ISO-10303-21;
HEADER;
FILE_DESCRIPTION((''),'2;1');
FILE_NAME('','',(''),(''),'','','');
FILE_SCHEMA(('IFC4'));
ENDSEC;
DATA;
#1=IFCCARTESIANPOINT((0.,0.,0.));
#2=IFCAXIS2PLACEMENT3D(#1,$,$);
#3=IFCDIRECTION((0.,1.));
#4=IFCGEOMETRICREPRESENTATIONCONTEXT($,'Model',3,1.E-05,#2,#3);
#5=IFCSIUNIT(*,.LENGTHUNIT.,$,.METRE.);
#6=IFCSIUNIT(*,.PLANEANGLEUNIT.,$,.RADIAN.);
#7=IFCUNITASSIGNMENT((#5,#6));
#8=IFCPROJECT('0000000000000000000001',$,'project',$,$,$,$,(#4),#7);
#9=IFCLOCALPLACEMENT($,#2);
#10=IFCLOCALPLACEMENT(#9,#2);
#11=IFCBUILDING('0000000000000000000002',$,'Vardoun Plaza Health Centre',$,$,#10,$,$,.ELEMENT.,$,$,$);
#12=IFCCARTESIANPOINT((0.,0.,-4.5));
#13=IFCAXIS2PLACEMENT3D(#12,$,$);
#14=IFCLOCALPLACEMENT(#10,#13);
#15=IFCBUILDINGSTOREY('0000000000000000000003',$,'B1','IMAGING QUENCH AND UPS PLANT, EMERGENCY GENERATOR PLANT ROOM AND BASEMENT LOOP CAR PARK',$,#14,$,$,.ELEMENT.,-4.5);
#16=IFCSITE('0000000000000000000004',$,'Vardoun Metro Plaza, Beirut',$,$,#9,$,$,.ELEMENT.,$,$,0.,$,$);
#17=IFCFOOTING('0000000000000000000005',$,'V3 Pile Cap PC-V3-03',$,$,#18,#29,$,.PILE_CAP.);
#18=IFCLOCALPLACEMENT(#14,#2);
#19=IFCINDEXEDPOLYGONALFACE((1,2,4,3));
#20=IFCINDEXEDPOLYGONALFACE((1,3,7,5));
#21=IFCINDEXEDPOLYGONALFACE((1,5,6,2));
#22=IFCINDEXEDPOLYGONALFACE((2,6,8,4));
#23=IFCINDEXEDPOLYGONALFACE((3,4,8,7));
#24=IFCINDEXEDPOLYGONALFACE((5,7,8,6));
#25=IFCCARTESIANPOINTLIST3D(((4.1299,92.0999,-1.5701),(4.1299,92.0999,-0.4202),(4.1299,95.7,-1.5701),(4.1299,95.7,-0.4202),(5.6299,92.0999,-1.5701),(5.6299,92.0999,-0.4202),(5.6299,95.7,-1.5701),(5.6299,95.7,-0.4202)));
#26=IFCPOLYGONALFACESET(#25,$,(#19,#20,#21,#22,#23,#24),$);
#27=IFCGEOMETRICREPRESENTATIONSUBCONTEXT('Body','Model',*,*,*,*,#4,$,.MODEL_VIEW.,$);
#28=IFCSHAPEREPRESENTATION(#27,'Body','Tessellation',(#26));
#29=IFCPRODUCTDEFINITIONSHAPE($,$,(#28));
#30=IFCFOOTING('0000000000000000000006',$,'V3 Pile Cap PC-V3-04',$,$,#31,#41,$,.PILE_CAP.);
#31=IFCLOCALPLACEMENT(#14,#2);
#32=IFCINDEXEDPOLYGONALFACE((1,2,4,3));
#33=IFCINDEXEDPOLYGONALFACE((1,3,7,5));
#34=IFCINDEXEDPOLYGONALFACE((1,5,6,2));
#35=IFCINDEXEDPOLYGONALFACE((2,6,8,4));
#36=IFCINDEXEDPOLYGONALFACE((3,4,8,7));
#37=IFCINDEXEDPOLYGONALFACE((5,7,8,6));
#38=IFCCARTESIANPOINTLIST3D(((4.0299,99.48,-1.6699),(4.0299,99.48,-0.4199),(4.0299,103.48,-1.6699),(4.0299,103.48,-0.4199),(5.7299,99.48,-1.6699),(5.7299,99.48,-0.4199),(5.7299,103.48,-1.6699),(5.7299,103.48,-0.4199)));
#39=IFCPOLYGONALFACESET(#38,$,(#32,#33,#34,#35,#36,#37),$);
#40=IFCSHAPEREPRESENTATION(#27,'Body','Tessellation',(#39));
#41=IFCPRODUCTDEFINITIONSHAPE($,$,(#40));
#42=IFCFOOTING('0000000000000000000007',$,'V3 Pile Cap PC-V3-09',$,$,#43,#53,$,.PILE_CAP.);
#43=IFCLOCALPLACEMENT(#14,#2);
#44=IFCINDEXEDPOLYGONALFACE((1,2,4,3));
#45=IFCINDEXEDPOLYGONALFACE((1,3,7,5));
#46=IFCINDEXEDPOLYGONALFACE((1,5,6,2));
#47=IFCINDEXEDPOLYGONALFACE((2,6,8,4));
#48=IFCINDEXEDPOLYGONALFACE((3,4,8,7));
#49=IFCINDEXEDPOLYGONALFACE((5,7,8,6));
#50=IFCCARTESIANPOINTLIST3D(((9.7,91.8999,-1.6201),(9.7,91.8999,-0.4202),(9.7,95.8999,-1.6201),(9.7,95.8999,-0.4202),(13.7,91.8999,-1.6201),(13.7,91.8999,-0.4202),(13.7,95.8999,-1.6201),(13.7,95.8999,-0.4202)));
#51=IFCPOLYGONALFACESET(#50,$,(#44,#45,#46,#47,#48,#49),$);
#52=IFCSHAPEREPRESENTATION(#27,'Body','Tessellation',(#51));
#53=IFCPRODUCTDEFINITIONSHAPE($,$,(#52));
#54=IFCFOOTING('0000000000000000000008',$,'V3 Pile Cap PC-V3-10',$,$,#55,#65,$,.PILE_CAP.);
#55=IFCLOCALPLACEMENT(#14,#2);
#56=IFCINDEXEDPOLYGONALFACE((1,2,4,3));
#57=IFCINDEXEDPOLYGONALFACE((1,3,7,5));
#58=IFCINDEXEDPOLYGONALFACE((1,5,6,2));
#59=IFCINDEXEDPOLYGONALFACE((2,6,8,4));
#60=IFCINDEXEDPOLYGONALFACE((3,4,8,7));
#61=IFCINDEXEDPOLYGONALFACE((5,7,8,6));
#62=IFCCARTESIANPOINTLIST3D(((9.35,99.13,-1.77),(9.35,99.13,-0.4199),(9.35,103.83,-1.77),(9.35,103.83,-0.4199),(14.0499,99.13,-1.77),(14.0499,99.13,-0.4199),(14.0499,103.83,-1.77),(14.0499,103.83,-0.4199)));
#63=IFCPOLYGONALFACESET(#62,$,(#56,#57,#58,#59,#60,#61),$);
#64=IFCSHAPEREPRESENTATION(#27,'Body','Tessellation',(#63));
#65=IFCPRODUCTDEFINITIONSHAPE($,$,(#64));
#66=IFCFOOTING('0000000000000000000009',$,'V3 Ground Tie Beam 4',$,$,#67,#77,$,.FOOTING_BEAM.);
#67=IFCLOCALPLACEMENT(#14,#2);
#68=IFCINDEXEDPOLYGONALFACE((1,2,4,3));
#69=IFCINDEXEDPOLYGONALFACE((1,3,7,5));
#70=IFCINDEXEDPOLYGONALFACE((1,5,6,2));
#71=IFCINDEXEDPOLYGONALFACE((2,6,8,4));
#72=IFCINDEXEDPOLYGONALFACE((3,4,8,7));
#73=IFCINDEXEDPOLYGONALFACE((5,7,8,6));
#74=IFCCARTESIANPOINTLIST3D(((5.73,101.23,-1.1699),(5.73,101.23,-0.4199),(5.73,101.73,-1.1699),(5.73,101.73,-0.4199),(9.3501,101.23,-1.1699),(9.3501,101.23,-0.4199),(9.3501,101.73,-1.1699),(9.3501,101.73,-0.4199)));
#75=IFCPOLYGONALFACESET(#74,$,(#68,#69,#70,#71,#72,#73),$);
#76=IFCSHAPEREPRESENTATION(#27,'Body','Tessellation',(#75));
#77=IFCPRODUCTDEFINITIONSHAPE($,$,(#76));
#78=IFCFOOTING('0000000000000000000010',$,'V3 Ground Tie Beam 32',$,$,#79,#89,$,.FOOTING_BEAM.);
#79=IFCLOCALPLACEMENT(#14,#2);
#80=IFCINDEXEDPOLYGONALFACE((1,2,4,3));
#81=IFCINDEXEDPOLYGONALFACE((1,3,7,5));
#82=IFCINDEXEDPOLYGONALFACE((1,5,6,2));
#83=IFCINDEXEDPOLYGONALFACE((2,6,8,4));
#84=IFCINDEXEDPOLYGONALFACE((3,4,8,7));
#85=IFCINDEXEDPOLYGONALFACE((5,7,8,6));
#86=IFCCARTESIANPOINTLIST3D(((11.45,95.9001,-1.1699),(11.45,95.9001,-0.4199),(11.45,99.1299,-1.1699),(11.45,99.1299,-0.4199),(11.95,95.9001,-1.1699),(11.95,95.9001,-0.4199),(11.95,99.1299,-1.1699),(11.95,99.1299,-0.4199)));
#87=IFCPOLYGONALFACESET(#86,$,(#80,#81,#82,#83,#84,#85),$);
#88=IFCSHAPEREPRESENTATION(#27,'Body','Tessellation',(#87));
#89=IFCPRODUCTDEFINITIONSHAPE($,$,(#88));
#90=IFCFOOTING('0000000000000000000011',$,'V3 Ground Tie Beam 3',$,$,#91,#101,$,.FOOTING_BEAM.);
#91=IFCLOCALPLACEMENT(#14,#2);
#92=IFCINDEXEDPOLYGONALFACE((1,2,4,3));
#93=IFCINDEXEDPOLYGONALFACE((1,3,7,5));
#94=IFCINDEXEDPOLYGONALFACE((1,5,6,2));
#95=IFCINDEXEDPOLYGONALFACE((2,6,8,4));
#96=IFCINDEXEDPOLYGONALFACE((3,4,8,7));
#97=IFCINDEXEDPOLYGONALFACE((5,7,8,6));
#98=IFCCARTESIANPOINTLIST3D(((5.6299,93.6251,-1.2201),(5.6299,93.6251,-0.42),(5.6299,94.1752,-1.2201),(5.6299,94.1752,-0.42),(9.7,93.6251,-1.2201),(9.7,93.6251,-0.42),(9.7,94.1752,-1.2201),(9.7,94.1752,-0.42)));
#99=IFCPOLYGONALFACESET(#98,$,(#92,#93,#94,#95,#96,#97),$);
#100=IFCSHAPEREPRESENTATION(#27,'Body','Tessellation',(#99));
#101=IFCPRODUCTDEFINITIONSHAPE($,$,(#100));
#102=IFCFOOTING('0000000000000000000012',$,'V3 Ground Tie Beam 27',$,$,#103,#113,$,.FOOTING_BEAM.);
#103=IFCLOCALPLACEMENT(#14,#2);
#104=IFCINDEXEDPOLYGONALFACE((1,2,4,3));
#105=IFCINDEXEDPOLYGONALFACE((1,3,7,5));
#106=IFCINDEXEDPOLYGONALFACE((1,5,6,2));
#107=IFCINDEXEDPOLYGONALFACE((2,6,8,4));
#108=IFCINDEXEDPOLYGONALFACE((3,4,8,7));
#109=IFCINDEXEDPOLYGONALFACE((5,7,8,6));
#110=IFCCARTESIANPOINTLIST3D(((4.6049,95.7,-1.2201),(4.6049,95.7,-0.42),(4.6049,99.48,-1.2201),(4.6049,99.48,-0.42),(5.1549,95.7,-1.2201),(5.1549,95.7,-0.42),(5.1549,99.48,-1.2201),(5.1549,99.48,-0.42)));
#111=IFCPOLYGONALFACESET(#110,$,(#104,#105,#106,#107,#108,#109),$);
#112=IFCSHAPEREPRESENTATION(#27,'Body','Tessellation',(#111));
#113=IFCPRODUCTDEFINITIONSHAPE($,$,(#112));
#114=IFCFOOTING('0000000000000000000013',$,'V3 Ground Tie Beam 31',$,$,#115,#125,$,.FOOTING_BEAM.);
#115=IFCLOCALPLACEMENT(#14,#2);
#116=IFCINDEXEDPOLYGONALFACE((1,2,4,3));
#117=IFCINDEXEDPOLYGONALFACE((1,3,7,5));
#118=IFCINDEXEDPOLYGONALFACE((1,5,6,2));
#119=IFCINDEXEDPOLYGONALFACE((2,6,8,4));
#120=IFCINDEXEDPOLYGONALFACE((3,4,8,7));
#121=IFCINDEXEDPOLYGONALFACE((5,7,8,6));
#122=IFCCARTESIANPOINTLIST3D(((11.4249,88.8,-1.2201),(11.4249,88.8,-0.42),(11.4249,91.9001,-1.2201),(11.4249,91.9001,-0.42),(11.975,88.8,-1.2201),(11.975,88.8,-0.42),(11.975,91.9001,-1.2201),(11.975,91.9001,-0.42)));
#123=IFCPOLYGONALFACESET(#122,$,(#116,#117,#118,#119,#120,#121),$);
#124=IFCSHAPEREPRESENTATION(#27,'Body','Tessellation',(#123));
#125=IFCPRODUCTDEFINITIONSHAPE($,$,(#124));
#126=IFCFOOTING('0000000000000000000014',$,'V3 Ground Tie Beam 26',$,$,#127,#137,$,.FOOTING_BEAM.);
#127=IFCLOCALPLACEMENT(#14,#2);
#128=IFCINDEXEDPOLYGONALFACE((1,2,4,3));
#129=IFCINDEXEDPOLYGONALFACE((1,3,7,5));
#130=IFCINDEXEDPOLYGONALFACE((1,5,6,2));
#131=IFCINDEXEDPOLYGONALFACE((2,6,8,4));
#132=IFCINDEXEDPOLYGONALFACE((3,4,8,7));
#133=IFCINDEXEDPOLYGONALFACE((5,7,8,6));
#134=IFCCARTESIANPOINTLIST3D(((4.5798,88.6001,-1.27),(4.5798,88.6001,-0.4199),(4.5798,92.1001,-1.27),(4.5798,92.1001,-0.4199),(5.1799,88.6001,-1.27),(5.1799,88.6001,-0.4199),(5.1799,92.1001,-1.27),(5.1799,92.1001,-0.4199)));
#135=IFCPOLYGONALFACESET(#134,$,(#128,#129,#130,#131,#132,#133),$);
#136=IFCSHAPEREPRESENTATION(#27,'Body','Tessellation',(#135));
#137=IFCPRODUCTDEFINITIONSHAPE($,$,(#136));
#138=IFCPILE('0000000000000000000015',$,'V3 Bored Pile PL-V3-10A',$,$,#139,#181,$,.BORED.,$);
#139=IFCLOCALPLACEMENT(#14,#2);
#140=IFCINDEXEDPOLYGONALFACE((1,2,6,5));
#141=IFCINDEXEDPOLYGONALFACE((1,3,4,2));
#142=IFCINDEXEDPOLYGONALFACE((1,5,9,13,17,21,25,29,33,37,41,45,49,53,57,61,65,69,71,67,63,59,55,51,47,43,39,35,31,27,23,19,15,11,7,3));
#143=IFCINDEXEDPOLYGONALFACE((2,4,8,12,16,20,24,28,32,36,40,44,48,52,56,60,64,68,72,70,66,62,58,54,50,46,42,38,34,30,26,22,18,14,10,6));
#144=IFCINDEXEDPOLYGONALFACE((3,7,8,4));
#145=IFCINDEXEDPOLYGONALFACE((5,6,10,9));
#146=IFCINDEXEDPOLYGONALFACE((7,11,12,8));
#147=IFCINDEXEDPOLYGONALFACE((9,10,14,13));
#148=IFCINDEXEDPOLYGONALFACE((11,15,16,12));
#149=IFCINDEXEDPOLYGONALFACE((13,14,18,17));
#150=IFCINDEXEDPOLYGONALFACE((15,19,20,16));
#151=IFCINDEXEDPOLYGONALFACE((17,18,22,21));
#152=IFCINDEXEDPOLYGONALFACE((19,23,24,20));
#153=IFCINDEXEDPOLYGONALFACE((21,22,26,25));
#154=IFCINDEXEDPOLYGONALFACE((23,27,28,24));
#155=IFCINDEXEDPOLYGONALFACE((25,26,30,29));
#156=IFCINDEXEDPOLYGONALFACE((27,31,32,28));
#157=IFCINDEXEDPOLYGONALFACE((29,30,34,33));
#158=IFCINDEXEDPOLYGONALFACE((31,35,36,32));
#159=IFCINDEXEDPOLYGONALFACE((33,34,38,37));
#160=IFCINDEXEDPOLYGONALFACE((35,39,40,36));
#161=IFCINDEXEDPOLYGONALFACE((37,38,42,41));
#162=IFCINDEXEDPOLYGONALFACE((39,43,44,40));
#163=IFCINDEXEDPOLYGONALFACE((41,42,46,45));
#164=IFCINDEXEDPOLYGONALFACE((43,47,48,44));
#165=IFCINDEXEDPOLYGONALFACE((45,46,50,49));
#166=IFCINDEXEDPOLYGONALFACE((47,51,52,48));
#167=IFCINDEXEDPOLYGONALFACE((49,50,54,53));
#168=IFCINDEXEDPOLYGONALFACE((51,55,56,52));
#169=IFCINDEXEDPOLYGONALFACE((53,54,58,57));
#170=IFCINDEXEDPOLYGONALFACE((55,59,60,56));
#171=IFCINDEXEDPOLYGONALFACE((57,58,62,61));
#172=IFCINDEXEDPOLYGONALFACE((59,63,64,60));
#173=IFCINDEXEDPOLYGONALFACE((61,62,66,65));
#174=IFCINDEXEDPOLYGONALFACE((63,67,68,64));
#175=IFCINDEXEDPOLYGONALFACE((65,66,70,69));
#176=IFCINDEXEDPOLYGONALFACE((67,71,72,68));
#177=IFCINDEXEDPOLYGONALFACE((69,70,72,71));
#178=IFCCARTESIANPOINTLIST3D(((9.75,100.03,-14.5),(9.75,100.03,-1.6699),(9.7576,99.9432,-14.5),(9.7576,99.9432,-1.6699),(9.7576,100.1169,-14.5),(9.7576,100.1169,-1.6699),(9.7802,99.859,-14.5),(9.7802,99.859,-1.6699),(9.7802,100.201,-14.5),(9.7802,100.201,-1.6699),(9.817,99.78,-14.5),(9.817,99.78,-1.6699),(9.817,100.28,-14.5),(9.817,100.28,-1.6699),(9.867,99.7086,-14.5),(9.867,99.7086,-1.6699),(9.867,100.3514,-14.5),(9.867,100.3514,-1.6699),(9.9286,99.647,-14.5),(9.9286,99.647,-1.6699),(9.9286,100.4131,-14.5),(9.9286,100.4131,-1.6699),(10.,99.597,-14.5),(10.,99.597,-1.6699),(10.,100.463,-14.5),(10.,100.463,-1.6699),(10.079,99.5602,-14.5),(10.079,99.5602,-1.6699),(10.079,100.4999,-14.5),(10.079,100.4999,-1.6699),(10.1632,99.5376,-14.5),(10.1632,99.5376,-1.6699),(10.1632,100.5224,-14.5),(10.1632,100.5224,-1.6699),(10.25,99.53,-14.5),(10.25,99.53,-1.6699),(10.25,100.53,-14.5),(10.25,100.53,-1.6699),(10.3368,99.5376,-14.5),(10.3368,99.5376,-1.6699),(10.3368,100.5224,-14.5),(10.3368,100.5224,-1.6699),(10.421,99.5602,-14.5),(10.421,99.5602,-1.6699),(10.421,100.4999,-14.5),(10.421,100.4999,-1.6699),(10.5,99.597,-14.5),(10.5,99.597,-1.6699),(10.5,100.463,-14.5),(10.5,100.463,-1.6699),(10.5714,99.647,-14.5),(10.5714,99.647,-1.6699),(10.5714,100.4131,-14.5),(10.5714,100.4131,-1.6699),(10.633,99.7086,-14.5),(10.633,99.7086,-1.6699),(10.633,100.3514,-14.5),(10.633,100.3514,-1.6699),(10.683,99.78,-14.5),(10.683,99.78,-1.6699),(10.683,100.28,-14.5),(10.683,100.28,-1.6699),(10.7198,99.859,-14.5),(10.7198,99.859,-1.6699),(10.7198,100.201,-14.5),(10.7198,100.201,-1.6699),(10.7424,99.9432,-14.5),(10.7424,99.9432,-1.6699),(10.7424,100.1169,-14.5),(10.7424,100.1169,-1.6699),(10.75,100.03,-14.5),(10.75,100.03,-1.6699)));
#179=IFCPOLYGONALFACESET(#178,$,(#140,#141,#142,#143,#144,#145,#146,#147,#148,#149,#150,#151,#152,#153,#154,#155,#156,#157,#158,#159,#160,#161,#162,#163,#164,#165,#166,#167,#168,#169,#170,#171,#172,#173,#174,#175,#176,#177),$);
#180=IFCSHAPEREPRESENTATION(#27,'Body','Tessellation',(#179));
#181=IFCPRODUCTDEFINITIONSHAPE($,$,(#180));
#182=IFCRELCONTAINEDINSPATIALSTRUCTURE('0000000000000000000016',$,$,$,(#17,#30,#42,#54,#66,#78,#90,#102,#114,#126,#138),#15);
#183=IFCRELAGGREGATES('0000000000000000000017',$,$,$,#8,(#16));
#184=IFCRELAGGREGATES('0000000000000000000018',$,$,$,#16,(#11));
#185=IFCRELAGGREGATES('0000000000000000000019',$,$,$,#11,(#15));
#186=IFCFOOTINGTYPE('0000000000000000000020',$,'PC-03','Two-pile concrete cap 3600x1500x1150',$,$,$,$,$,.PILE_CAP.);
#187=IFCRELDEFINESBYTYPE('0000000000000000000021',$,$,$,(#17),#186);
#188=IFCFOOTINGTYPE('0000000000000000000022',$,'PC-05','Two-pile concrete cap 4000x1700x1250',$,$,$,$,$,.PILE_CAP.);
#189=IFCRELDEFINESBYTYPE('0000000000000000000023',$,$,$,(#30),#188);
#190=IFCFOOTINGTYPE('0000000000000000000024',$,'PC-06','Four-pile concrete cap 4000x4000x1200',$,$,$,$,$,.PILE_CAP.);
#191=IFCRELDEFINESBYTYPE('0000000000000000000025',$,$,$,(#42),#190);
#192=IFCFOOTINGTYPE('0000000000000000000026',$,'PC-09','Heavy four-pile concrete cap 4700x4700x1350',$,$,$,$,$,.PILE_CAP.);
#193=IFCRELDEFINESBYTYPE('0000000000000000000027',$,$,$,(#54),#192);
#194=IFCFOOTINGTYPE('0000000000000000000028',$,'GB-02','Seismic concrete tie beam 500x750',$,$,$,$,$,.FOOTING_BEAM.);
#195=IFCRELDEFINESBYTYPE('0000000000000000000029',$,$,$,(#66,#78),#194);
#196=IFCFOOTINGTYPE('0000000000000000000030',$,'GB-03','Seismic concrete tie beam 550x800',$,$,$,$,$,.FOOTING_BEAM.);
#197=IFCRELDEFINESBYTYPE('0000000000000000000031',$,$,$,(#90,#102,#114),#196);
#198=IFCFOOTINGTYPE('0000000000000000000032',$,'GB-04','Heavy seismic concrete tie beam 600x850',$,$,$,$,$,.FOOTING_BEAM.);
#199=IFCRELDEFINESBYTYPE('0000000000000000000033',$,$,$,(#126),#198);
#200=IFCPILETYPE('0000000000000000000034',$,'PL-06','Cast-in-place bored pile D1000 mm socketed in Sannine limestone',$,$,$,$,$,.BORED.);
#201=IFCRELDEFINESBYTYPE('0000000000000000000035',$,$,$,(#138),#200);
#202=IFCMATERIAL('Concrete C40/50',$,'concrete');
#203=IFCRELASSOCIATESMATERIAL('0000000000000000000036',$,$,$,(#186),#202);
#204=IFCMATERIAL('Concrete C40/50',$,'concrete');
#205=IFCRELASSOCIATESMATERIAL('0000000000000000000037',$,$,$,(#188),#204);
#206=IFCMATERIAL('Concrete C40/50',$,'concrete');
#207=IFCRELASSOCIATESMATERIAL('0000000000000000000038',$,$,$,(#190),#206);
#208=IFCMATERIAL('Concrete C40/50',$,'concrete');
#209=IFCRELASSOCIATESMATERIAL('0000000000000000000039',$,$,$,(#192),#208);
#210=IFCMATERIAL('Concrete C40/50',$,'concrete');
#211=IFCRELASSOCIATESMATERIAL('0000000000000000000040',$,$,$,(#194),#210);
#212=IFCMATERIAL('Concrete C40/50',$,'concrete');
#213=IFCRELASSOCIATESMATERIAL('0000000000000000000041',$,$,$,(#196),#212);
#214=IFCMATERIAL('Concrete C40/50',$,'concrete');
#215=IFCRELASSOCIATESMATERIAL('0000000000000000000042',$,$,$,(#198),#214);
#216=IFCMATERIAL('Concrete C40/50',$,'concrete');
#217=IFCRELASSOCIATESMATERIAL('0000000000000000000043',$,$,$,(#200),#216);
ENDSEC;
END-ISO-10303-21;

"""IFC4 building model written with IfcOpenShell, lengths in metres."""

from ifc_helpers import new_model, si_unit, direction, frame, origin, origin_2d, place, context, subcontext, project, spatial, rectangle, circle, extrude, material, material_profile, profile_set, type_object, element, save


model = new_model("IFC4")

# Units and contexts
model_context = context("Model", 3, precision=1e-05, world=origin(), true_north=direction((0.0, 1.0)))
body_context = subcontext(model_context, "Body", "Model", "MODEL_VIEW")
ifc_project = project(units=[si_unit("LENGTHUNIT", "METRE"), si_unit("PLANEANGLEUNIT", "RADIAN")], contexts=[model_context])

# Site, building, storey
site_placement = place(None, origin())
site = spatial("IfcSite", under=ifc_project, at=site_placement, Name="Vardoun Metro Plaza, Beirut", CompositionType="ELEMENT", RefElevation=0.0)
building_placement = place(site_placement, origin())
building = spatial("IfcBuilding", under=site, at=building_placement, Name="Vardoun Plaza Health Centre", CompositionType="ELEMENT")
storey_placement = place(building_placement, frame((0.0, 0.0, -4.5)))
storey = spatial("IfcBuildingStorey", under=building, at=storey_placement, Name="B1", Description="IMAGING QUENCH AND UPS PLANT, EMERGENCY GENERATOR PLANT ROOM AND BASEMENT LOOP CAR PARK", CompositionType="ELEMENT", Elevation=-4.5)

# Footings
ifc_material_1 = material(Name="Concrete C40/50", Category="concrete")
footing_type_1 = type_object("IfcFootingType", Name="PC-03", Description="Two-pile concrete cap 3600x1500x1150", PredefinedType="PILE_CAP", material=ifc_material_1)
footing_1_placement = place(storey_placement, frame((4.8799, 93.8999, -1.5701), z_axis=(0.0, 0.0, 1.0), x_axis=(0.0, 1.0, 0.0)))
element("IfcFooting", 1, at=footing_1_placement, inside=storey, type_object=footing_type_1, Name="V3 Pile Cap PC-V3-03", PredefinedType="PILE_CAP", context=body_context, shape_type="SweptSolid", body=[
    extrude(rectangle(XDim=3.6001, YDim=1.5, at=origin_2d()), origin(), (0.0, 0.0, 1.0), 1.1499),
])
ifc_material_2 = material(Name="Concrete C40/50", Category="concrete")
footing_type_2 = type_object("IfcFootingType", Name="PC-05", Description="Two-pile concrete cap 4000x1700x1250", PredefinedType="PILE_CAP", material=ifc_material_2)
footing_2_placement = place(storey_placement, frame((4.8799, 101.48, -1.6699), z_axis=(0.0, 0.0, 1.0), x_axis=(0.0, 1.0, 0.0)))
element("IfcFooting", 2, at=footing_2_placement, inside=storey, type_object=footing_type_2, Name="V3 Pile Cap PC-V3-04", PredefinedType="PILE_CAP", context=body_context, shape_type="SweptSolid", body=[
    extrude(rectangle(XDim=4.0, YDim=1.7, at=origin_2d()), origin(), (0.0, 0.0, 1.0), 1.25),
])
ifc_material_3 = material(Name="Concrete C40/50", Category="concrete")
footing_type_3 = type_object("IfcFootingType", Name="PC-06", Description="Four-pile concrete cap 4000x4000x1200", PredefinedType="PILE_CAP", material=ifc_material_3)
footing_3_placement = place(storey_placement, frame((11.7, 93.8999, -1.6201), z_axis=(0.0, 0.0, 1.0), x_axis=(1.0, 0.0, 0.0)))
element("IfcFooting", 3, at=footing_3_placement, inside=storey, type_object=footing_type_3, Name="V3 Pile Cap PC-V3-09", PredefinedType="PILE_CAP", context=body_context, shape_type="SweptSolid", body=[
    extrude(rectangle(XDim=4.0, YDim=4.0, at=origin_2d()), origin(), (0.0, 0.0, 1.0), 1.2),
])
ifc_material_4 = material(Name="Concrete C40/50", Category="concrete")
footing_type_4 = type_object("IfcFootingType", Name="PC-09", Description="Heavy four-pile concrete cap 4700x4700x1350", PredefinedType="PILE_CAP", material=ifc_material_4)
footing_4_placement = place(storey_placement, frame((11.7, 101.48, -1.77), z_axis=(0.0, 0.0, 1.0), x_axis=(1.0, 0.0, 0.0)))
element("IfcFooting", 4, at=footing_4_placement, inside=storey, type_object=footing_type_4, Name="V3 Pile Cap PC-V3-10", PredefinedType="PILE_CAP", context=body_context, shape_type="SweptSolid", body=[
    extrude(rectangle(XDim=4.7, YDim=4.7, at=origin_2d()), origin(), (0.0, 0.0, 1.0), 1.3501),
])
ifc_material_5 = material(Name="Concrete C40/50", Category="concrete")
ifc_material_profile_1 = material_profile(ifc_material_5, rectangle(XDim=0.5, YDim=0.75, at=origin_2d()), Name="GB 500x750")
ifc_profile_set_1 = profile_set([ifc_material_profile_1], Name="Concrete C40/50")
footing_type_5 = type_object("IfcFootingType", Name="GB-02", Description="Seismic concrete tie beam 500x750", PredefinedType="FOOTING_BEAM", material=ifc_profile_set_1)
footing_5_placement = place(storey_placement, frame((5.73, 101.48, -0.7949), z_axis=(1.0, 0.0, 0.0), x_axis=(0.0, 1.0, 0.0)))
element("IfcFooting", 5, at=footing_5_placement, inside=storey, type_object=footing_type_5, Name="V3 Ground Tie Beam 4", PredefinedType="FOOTING_BEAM", context=body_context, shape_type="SweptSolid", body=[
    extrude(rectangle(XDim=0.5, YDim=0.75, at=origin_2d()), origin(), (0.0, 0.0, 1.0), 3.6201),
])
footing_6_placement = place(storey_placement, frame((11.7, 95.9001, -0.7949), z_axis=(0.0, 1.0, 0.0), x_axis=(-1.0, 0.0, 0.0)))
element("IfcFooting", 6, at=footing_6_placement, inside=storey, type_object=footing_type_5, Name="V3 Ground Tie Beam 32", PredefinedType="FOOTING_BEAM", context=body_context, shape_type="SweptSolid", body=[
    extrude(rectangle(XDim=0.5, YDim=0.75, at=origin_2d()), origin(), (0.0, 0.0, 1.0), 3.2297),
])
ifc_material_6 = material(Name="Concrete C40/50", Category="concrete")
ifc_material_profile_2 = material_profile(ifc_material_6, rectangle(XDim=0.55, YDim=0.8, at=origin_2d()), Name="GB 550x800")
ifc_profile_set_2 = profile_set([ifc_material_profile_2], Name="Concrete C40/50")
footing_type_6 = type_object("IfcFootingType", Name="GB-03", Description="Seismic concrete tie beam 550x800", PredefinedType="FOOTING_BEAM", material=ifc_profile_set_2)
footing_7_placement = place(storey_placement, frame((5.6299, 93.9001, -0.8201), z_axis=(1.0, 0.0, 0.0), x_axis=(0.0, 1.0, 0.0)))
element("IfcFooting", 7, at=footing_7_placement, inside=storey, type_object=footing_type_6, Name="V3 Ground Tie Beam 3", PredefinedType="FOOTING_BEAM", context=body_context, shape_type="SweptSolid", body=[
    extrude(rectangle(XDim=0.55, YDim=0.8, at=origin_2d()), origin(), (0.0, 0.0, 1.0), 4.0701),
])
footing_8_placement = place(storey_placement, frame((4.8799, 95.7, -0.8201), z_axis=(0.0, 1.0, 0.0), x_axis=(-1.0, 0.0, 0.0)))
element("IfcFooting", 8, at=footing_8_placement, inside=storey, type_object=footing_type_6, Name="V3 Ground Tie Beam 27", PredefinedType="FOOTING_BEAM", context=body_context, shape_type="SweptSolid", body=[
    extrude(rectangle(XDim=0.55, YDim=0.8, at=origin_2d()), origin(), (0.0, 0.0, 1.0), 3.78),
])
footing_9_placement = place(storey_placement, frame((11.7, 88.8, -0.8201), z_axis=(0.0, 1.0, 0.0), x_axis=(-1.0, 0.0, 0.0)))
element("IfcFooting", 9, at=footing_9_placement, inside=storey, type_object=footing_type_6, Name="V3 Ground Tie Beam 31", PredefinedType="FOOTING_BEAM", context=body_context, shape_type="SweptSolid", body=[
    extrude(rectangle(XDim=0.55, YDim=0.8, at=origin_2d()), origin(), (0.0, 0.0, 1.0), 3.1001),
])
ifc_material_7 = material(Name="Concrete C40/50", Category="concrete")
ifc_material_profile_3 = material_profile(ifc_material_7, rectangle(XDim=0.6001, YDim=0.8501, at=origin_2d()), Name="GB 600x850")
ifc_profile_set_3 = profile_set([ifc_material_profile_3], Name="Concrete C40/50")
footing_type_7 = type_object("IfcFootingType", Name="GB-04", Description="Heavy seismic concrete tie beam 600x850", PredefinedType="FOOTING_BEAM", material=ifc_profile_set_3)
footing_10_placement = place(storey_placement, frame((4.8799, 88.6001, -0.845), z_axis=(0.0, 1.0, 0.0), x_axis=(-1.0, 0.0, 0.0)))
element("IfcFooting", 10, at=footing_10_placement, inside=storey, type_object=footing_type_7, Name="V3 Ground Tie Beam 26", PredefinedType="FOOTING_BEAM", context=body_context, shape_type="SweptSolid", body=[
    extrude(rectangle(XDim=0.6001, YDim=0.8501, at=origin_2d()), origin(), (0.0, 0.0, 1.0), 3.5),
])

# Pile
ifc_material_8 = material(Name="Concrete C40/50", Category="concrete")
ifc_material_profile_4 = material_profile(ifc_material_8, circle(Radius=0.5, at=origin_2d()), Name="PILE D1000")
ifc_profile_set_4 = profile_set([ifc_material_profile_4], Name="Concrete C40/50")
pile_type_1 = type_object("IfcPileType", Name="PL-06", Description="Cast-in-place bored pile D1000 mm socketed in Sannine limestone", PredefinedType="BORED", material=ifc_profile_set_4)
pile_1_placement = place(storey_placement, frame((10.25, 100.03, -1.6699), z_axis=(0.0, 0.0, -1.0), x_axis=(1.0, 0.0, 0.0)))
element("IfcPile", 11, at=pile_1_placement, inside=storey, type_object=pile_type_1, Name="V3 Bored Pile PL-V3-10A", PredefinedType="BORED", context=body_context, shape_type="SweptSolid", body=[
    extrude(circle(Radius=0.5, at=origin_2d()), origin(), (0.0, 0.0, 1.0), 12.8301),
])

save(model, "model.ifc")
